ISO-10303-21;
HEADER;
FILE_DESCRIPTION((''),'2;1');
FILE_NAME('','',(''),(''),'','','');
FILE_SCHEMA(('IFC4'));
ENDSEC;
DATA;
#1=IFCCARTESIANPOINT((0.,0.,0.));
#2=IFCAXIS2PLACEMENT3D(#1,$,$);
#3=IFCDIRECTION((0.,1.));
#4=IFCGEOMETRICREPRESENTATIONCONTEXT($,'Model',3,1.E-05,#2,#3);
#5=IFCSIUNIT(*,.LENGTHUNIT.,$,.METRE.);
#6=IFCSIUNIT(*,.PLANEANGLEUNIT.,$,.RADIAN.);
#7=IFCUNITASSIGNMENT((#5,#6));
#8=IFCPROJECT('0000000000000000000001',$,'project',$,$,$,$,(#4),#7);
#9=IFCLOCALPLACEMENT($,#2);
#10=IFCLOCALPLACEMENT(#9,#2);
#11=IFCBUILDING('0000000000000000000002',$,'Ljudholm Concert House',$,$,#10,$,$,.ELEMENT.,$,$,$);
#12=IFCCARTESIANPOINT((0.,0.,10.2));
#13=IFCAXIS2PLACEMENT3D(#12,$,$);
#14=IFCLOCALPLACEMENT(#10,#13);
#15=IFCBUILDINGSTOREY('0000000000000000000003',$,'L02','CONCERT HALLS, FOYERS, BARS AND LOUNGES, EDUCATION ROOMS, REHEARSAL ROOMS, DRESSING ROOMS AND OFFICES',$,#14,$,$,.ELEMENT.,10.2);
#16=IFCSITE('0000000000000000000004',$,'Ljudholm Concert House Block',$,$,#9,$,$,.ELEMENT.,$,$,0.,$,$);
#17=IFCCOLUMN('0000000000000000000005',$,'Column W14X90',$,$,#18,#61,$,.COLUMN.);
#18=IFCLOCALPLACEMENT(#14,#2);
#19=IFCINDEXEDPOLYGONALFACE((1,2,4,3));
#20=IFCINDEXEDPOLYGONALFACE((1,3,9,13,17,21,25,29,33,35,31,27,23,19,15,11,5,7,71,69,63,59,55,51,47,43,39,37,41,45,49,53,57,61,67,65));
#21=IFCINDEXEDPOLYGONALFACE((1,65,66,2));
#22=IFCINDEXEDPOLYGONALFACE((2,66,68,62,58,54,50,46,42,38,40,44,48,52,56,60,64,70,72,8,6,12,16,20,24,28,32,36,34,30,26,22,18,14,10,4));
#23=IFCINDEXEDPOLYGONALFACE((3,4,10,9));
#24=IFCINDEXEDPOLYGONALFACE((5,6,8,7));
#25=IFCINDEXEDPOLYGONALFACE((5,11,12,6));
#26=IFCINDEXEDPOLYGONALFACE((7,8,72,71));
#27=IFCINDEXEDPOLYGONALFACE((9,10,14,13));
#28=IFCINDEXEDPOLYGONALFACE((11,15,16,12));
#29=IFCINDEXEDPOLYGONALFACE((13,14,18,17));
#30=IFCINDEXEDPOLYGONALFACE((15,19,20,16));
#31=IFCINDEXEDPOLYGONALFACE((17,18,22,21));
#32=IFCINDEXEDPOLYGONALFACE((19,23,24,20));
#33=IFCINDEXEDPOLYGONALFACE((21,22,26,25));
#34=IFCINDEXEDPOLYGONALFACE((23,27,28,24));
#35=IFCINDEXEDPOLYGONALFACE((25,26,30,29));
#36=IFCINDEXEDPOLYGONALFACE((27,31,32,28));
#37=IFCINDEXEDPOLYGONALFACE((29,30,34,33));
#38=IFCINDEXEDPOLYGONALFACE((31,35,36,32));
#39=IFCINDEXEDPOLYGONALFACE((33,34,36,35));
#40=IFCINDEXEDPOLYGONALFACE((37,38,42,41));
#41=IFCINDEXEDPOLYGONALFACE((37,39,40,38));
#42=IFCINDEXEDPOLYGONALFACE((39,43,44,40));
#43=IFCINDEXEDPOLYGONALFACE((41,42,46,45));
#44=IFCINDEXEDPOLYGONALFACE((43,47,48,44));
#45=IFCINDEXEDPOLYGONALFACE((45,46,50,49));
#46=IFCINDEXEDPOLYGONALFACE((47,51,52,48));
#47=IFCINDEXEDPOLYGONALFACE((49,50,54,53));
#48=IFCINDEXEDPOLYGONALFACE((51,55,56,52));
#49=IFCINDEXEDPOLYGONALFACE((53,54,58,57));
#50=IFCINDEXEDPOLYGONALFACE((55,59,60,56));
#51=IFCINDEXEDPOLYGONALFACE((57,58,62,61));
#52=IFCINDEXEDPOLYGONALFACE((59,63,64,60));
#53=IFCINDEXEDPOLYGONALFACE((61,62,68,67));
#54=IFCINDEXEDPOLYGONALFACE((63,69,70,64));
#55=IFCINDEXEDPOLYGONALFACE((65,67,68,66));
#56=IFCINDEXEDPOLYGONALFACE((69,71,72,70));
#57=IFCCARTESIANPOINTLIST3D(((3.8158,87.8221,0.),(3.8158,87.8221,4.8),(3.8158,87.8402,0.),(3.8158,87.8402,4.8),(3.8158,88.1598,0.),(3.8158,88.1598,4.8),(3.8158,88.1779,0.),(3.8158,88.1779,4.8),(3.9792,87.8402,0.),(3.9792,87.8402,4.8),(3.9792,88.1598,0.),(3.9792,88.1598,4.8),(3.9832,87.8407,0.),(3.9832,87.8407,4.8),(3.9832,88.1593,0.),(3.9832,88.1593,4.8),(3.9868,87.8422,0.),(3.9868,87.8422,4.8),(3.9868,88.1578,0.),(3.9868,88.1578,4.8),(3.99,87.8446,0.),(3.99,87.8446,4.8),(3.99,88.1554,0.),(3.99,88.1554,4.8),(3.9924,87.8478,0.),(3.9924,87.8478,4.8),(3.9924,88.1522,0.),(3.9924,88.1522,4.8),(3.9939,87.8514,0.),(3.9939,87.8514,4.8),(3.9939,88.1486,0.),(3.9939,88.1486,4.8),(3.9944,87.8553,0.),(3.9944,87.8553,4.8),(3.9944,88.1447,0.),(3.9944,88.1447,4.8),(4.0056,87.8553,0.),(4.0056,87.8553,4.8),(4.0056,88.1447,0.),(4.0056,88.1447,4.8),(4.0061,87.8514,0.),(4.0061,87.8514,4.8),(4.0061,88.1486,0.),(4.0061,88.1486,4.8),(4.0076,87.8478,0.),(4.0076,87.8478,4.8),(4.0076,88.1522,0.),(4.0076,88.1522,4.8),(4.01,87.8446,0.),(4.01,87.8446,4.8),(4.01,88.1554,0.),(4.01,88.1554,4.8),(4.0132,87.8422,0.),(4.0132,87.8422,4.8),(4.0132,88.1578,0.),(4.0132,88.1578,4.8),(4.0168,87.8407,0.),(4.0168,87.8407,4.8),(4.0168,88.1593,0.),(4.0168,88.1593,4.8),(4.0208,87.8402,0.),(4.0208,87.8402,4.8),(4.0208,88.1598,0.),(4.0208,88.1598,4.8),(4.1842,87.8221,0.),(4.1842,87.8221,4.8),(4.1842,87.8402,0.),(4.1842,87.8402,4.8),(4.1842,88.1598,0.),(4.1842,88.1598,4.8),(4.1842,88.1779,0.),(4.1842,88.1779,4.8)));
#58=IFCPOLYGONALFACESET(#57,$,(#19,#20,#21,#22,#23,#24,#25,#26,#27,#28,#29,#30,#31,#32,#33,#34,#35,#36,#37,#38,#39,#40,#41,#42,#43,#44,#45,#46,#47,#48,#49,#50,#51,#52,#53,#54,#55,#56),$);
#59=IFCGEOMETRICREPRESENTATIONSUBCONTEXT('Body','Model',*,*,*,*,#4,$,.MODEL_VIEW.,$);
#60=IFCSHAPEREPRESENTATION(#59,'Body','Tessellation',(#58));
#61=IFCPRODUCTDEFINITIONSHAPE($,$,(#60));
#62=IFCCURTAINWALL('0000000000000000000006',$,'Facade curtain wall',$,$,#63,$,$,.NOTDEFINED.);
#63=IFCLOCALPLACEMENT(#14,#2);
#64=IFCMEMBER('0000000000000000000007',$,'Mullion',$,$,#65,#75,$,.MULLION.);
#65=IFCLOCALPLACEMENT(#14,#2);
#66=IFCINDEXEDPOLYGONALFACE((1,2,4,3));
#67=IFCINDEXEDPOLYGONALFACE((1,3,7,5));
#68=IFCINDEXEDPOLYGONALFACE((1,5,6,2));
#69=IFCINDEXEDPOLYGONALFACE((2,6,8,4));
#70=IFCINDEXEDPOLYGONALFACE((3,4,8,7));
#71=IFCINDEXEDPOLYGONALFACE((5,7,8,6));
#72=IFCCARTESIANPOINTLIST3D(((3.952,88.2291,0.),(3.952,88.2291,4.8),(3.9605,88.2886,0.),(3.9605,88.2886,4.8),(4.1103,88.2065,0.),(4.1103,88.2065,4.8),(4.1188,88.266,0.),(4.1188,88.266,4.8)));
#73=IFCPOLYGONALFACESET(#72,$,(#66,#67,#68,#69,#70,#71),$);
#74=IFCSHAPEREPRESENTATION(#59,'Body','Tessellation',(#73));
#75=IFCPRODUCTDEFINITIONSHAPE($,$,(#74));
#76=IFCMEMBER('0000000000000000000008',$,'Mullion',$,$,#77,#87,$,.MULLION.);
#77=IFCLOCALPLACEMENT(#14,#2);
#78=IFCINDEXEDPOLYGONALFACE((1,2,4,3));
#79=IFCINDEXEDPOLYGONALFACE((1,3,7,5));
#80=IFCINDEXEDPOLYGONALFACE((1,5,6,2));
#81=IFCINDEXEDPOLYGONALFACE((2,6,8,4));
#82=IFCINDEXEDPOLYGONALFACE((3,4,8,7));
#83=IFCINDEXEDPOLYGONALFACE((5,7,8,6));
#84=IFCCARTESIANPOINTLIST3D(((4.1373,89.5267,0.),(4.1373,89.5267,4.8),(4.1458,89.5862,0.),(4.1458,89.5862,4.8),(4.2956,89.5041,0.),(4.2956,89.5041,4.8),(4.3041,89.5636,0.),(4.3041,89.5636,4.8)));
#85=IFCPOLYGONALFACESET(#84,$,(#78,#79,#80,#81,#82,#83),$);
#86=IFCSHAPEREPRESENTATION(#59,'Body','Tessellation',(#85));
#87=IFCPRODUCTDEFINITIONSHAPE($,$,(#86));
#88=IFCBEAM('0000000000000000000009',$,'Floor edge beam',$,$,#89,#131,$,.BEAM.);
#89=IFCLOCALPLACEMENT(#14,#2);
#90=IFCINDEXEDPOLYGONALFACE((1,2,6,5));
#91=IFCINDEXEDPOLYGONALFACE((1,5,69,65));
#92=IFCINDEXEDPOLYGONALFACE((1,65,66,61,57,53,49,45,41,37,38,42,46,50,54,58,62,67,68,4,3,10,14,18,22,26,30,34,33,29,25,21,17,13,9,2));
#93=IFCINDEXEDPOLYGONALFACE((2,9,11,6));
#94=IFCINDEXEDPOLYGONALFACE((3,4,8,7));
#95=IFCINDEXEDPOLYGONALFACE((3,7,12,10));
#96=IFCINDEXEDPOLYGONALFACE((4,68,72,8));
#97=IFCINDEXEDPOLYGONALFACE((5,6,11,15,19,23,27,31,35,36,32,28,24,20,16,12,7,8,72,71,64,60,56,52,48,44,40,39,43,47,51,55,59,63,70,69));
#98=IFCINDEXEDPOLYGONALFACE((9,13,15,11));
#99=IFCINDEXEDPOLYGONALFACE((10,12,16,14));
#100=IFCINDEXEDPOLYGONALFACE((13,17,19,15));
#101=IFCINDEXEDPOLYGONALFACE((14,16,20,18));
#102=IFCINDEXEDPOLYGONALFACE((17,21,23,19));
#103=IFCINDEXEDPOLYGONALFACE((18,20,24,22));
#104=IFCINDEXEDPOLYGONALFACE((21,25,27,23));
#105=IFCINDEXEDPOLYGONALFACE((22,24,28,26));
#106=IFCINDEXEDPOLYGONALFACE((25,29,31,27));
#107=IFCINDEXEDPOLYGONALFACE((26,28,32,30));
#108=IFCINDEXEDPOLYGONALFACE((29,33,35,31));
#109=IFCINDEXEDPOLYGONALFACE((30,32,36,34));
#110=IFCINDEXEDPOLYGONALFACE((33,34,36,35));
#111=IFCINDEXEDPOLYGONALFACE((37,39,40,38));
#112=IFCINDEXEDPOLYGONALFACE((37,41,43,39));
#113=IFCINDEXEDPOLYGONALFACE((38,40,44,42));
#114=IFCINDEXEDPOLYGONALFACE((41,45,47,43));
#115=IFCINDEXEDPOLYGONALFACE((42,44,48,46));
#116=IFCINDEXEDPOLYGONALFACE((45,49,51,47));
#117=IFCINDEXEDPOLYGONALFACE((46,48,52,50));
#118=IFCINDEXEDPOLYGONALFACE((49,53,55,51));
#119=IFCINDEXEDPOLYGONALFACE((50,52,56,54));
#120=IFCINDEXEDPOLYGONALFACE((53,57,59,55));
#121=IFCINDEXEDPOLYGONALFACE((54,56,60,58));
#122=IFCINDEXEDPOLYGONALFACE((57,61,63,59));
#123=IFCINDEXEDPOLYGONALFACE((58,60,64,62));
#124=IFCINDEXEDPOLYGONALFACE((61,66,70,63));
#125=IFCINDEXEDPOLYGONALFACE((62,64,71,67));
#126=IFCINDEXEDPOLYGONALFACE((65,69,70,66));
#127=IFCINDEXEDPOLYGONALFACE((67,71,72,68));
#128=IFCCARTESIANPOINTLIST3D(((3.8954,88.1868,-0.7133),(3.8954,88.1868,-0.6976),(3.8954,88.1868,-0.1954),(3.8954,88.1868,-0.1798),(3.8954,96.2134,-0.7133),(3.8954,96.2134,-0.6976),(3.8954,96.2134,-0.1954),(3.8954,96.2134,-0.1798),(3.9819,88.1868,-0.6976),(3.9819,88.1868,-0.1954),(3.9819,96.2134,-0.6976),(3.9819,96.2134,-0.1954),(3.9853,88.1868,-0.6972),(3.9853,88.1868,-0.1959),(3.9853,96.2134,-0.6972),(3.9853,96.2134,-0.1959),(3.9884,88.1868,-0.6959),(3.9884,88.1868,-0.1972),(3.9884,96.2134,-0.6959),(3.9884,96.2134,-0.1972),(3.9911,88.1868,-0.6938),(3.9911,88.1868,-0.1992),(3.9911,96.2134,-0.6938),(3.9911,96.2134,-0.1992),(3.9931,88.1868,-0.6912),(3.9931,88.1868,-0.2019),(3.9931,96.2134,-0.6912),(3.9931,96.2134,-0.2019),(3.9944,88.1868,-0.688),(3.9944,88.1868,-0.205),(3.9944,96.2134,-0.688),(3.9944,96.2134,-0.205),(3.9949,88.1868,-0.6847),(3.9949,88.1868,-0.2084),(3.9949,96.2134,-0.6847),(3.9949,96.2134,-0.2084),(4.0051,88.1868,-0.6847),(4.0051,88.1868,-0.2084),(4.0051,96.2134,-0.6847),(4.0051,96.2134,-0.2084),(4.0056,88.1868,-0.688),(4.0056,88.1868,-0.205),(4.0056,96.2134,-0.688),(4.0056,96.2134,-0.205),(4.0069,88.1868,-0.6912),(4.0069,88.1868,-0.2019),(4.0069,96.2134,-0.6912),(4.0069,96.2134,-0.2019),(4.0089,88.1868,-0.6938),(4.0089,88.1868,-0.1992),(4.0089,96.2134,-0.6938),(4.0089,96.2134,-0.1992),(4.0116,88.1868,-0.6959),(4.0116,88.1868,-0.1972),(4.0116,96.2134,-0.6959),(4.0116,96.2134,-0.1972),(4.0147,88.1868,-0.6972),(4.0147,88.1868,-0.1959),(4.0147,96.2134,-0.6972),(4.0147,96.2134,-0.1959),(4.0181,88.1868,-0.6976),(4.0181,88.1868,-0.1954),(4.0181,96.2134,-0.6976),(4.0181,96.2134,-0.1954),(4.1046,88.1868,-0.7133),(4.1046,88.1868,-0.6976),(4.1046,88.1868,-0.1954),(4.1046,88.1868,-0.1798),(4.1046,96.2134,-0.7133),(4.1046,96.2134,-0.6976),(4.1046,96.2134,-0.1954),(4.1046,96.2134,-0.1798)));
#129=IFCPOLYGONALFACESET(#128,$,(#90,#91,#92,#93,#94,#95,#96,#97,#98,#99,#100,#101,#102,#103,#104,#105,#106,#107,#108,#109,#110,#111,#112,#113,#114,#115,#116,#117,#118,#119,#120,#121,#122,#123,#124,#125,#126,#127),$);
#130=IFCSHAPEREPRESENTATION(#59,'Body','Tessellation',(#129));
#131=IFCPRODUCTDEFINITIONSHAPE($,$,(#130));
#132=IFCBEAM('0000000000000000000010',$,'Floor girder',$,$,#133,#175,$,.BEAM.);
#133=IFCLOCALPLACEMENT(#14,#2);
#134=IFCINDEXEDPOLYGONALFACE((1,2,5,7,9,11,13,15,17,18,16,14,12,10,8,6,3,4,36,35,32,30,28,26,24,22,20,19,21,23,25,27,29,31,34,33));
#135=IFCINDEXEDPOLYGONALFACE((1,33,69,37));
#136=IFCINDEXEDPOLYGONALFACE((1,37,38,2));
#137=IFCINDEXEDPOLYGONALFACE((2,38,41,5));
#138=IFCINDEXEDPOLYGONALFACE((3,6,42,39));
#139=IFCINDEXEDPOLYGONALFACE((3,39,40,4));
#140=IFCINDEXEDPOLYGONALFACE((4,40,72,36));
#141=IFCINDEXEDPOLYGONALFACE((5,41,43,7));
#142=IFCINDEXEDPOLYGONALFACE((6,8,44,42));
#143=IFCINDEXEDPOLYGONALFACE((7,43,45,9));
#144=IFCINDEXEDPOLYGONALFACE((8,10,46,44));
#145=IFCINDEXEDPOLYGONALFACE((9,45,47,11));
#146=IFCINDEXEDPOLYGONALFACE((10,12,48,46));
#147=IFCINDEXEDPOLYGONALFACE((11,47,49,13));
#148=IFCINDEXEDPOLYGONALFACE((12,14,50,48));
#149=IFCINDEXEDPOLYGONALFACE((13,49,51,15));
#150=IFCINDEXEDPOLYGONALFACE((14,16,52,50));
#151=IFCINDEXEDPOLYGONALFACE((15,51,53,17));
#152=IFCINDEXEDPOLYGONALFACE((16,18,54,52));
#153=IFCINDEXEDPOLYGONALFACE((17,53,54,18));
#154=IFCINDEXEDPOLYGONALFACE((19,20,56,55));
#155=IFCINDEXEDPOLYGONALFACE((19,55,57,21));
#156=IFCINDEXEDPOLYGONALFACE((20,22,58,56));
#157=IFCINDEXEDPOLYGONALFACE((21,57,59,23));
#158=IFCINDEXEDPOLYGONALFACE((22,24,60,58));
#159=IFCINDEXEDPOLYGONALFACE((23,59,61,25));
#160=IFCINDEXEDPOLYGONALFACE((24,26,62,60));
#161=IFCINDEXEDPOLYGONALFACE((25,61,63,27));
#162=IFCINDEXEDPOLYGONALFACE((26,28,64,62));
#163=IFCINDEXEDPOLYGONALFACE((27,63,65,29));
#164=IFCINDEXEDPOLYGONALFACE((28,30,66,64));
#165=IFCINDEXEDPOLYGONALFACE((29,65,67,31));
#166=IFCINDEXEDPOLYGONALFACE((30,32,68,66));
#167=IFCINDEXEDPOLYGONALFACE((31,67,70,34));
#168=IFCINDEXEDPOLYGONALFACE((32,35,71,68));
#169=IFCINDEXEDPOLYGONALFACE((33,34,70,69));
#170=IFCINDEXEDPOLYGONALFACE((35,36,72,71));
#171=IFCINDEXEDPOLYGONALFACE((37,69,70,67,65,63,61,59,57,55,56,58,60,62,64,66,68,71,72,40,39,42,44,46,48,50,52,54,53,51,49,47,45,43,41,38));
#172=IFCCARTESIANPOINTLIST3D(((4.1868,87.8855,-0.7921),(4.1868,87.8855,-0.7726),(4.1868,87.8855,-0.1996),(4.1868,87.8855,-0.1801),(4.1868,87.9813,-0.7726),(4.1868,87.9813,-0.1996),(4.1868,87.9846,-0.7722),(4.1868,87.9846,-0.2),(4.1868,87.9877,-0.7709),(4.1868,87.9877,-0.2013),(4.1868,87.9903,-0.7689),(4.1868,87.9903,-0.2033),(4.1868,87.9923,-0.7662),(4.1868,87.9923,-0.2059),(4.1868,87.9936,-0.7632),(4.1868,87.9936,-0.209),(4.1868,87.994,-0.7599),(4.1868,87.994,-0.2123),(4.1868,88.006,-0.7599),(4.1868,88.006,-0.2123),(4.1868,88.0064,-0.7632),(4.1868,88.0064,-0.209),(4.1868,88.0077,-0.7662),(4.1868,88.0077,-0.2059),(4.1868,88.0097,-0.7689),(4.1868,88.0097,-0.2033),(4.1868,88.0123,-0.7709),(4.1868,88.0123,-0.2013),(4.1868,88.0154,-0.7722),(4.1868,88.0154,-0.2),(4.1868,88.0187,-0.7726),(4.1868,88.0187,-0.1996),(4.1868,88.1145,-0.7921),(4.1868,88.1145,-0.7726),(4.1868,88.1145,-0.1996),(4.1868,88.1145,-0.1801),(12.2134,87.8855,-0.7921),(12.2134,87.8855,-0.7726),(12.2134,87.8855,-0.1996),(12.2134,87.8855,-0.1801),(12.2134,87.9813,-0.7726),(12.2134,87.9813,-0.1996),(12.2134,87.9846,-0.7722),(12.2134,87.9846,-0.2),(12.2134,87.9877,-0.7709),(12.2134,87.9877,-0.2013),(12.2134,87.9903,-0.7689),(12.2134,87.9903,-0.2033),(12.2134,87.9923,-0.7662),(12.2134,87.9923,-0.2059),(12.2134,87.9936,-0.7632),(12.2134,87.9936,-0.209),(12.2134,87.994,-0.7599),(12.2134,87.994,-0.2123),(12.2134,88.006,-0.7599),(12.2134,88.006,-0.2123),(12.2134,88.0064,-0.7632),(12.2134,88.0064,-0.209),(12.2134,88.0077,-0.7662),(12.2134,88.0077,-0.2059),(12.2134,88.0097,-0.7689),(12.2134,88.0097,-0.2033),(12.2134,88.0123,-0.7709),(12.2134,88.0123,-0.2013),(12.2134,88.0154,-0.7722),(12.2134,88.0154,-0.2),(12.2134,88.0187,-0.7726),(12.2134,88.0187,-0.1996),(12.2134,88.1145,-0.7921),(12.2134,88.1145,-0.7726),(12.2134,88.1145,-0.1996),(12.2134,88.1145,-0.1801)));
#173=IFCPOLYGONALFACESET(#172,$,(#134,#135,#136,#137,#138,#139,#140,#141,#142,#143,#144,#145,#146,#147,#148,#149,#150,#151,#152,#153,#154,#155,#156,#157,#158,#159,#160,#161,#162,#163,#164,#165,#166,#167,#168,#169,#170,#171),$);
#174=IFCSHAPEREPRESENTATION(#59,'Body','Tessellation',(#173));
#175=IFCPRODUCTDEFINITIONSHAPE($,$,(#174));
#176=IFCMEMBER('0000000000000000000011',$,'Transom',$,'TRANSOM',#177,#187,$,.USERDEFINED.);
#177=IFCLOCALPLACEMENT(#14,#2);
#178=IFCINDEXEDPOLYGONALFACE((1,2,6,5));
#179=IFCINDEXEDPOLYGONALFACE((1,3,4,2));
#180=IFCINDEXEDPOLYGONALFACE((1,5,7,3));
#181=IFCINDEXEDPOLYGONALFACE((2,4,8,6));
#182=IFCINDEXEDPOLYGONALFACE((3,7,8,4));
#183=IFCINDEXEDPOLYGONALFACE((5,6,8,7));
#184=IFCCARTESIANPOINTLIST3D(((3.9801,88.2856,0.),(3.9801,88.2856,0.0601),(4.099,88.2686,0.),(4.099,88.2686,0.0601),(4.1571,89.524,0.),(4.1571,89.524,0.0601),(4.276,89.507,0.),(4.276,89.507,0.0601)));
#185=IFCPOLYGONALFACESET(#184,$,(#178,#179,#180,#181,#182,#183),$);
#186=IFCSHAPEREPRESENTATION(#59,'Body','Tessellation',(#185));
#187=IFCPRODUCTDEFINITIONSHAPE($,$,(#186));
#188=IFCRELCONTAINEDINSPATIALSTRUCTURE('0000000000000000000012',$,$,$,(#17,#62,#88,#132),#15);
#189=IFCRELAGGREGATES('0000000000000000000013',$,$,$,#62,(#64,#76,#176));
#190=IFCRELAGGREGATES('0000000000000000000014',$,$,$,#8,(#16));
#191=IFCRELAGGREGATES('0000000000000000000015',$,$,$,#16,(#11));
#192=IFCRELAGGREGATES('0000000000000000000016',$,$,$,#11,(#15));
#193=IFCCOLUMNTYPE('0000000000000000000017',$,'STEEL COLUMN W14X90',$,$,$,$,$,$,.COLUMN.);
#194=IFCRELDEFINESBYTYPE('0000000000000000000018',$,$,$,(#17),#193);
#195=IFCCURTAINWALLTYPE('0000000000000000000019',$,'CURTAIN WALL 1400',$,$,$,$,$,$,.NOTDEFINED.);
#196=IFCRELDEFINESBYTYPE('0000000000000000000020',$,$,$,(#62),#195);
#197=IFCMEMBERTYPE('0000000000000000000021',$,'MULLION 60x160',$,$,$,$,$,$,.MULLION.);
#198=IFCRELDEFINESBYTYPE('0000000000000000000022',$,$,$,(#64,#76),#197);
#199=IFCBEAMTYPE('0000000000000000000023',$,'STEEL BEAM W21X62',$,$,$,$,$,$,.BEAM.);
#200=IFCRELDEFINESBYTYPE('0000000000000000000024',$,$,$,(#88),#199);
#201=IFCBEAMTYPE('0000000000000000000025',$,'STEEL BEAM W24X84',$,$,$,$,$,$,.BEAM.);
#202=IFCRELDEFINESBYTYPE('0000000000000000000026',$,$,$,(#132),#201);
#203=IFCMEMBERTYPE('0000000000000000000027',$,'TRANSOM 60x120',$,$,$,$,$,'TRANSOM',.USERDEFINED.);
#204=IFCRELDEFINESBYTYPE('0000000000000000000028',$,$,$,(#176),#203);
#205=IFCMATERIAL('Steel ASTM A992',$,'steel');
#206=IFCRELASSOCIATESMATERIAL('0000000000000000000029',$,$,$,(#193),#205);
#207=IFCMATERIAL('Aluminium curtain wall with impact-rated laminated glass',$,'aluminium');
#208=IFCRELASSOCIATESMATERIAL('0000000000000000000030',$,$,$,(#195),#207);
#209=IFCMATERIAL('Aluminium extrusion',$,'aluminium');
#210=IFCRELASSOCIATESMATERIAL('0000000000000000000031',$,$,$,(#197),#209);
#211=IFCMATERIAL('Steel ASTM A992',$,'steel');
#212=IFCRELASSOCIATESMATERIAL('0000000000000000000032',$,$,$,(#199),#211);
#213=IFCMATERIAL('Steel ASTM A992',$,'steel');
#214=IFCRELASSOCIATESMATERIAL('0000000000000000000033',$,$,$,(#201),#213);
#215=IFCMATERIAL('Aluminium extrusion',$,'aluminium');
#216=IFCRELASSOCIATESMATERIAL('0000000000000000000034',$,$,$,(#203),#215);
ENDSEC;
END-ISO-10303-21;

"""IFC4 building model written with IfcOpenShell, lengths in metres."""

from ifc_helpers import new_model, si_unit, direction, frame, origin, origin_2d, place, context, subcontext, project, spatial, rectangle, i_section, extrude, material, material_profile, profile_set, type_object, element, aggregate, save


model = new_model("IFC4")

# Units and contexts
model_context = context("Model", 3, precision=1e-05, world=origin(), true_north=direction((0.0, 1.0)))
body_context = subcontext(model_context, "Body", "Model", "MODEL_VIEW")
ifc_project = project(units=[si_unit("LENGTHUNIT", "METRE"), si_unit("PLANEANGLEUNIT", "RADIAN")], contexts=[model_context])

# Site, building, storey
site_placement = place(None, origin())
site = spatial("IfcSite", under=ifc_project, at=site_placement, Name="Ljudholm Concert House Block", CompositionType="ELEMENT", RefElevation=0.0)
building_placement = place(site_placement, origin())
building = spatial("IfcBuilding", under=site, at=building_placement, Name="Ljudholm Concert House", CompositionType="ELEMENT")
storey_placement = place(building_placement, frame((0.0, 0.0, 10.2)))
storey = spatial("IfcBuildingStorey", under=building, at=storey_placement, Name="L02", Description="CONCERT HALLS, FOYERS, BARS AND LOUNGES, EDUCATION ROOMS, REHEARSAL ROOMS, DRESSING ROOMS AND OFFICES", CompositionType="ELEMENT", Elevation=10.2)

# Column
ifc_material_1 = material(Name="Steel ASTM A992", Category="steel")
ifc_material_profile_1 = material_profile(ifc_material_1, i_section(OverallWidth=0.3684, OverallDepth=0.3557, WebThickness=0.0112, FlangeThickness=0.0181, FilletRadius=0.0151, at=origin_2d()), Name="W14X90")
ifc_profile_set_1 = profile_set([ifc_material_profile_1], Name="Steel ASTM A992")
column_type = type_object("IfcColumnType", Name="STEEL COLUMN W14X90", PredefinedType="COLUMN", material=ifc_profile_set_1)
column_placement = place(storey_placement, frame((4.0, 88.0, 0.0), z_axis=(0.0, 0.0, 1.0), x_axis=(1.0, 0.0, 0.0)))
element("IfcColumn", 1, at=column_placement, inside=storey, type_object=column_type, Name="Column W14X90", PredefinedType="COLUMN", context=body_context, shape_type="SweptSolid", body=[
    extrude(i_section(OverallWidth=0.3684, OverallDepth=0.3557, WebThickness=0.0112, FlangeThickness=0.0181, FilletRadius=0.0151, at=origin_2d()), origin(), (0.0, 0.0, 1.0), 4.8),
])

# Curtain wall, members
ifc_material_2 = material(Name="Aluminium curtain wall with impact-rated laminated glass", Category="aluminium")
curtain_wall_type = type_object("IfcCurtainWallType", Name="CURTAIN WALL 1400", PredefinedType="NOTDEFINED", material=ifc_material_2)
curtain_wall_placement = place(storey_placement, origin())
curtain_wall = element("IfcCurtainWall", 2, at=curtain_wall_placement, inside=storey, type_object=curtain_wall_type, Name="Facade curtain wall", PredefinedType="NOTDEFINED")
ifc_material_3 = material(Name="Aluminium extrusion", Category="aluminium")
ifc_material_profile_2 = material_profile(ifc_material_3, rectangle(XDim=0.1599, YDim=0.0601, at=origin_2d()), Name="MULLION 60x160")
ifc_profile_set_2 = profile_set([ifc_material_profile_2], Name="Aluminium extrusion")
member_type_1 = type_object("IfcMemberType", Name="MULLION 60x160", PredefinedType="MULLION", material=ifc_profile_set_2)
member_1_placement = place(storey_placement, frame((4.0354, 88.2476, 0.0), z_axis=(0.0, 0.0, 1.0), x_axis=(-0.989949, 0.141421, 0.0)))
member_1 = element("IfcMember", 3, at=member_1_placement, type_object=member_type_1, Name="Mullion", PredefinedType="MULLION", context=body_context, shape_type="SweptSolid", body=[
    extrude(rectangle(XDim=0.1599, YDim=0.0601, at=origin_2d()), origin(), (0.0, 0.0, 1.0), 4.8),
])
member_2_placement = place(storey_placement, frame((4.2207, 89.5452, 0.0), z_axis=(0.0, 0.0, 1.0), x_axis=(-0.989949, 0.141421, 0.0)))
member_2 = element("IfcMember", 4, at=member_2_placement, type_object=member_type_1, Name="Mullion", PredefinedType="MULLION", context=body_context, shape_type="SweptSolid", body=[
    extrude(rectangle(XDim=0.1599, YDim=0.0601, at=origin_2d()), origin(), (0.0, 0.0, 1.0), 4.8),
])

# Beams
ifc_material_4 = material(Name="Steel ASTM A992", Category="steel")
ifc_material_profile_3 = material_profile(ifc_material_4, i_section(OverallWidth=0.2092, OverallDepth=0.5334, WebThickness=0.0103, FlangeThickness=0.0156, FilletRadius=0.0129, at=origin_2d()), Name="W21X62")
ifc_profile_set_3 = profile_set([ifc_material_profile_3], Name="Steel ASTM A992")
beam_type_1 = type_object("IfcBeamType", Name="STEEL BEAM W21X62", PredefinedType="BEAM", material=ifc_profile_set_3)
beam_1_placement = place(storey_placement, frame((4.0, 88.1868, -0.4465), z_axis=(0.0, 1.0, 0.0), x_axis=(-1.0, 0.0, 0.0)))
element("IfcBeam", 5, at=beam_1_placement, inside=storey, type_object=beam_type_1, Name="Floor edge beam", PredefinedType="BEAM", context=body_context, shape_type="SweptSolid", body=[
    extrude(i_section(OverallWidth=0.2092, OverallDepth=0.5334, WebThickness=0.0103, FlangeThickness=0.0156, FilletRadius=0.0129, at=origin_2d()), origin(), (0.0, 0.0, 1.0), 8.0266),
])
ifc_material_5 = material(Name="Steel ASTM A992", Category="steel")
ifc_material_profile_4 = material_profile(ifc_material_5, i_section(OverallWidth=0.229, OverallDepth=0.6121, WebThickness=0.012, FlangeThickness=0.0195, FilletRadius=0.0127, at=origin_2d()), Name="W24X84")
ifc_profile_set_4 = profile_set([ifc_material_profile_4], Name="Steel ASTM A992")
beam_type_2 = type_object("IfcBeamType", Name="STEEL BEAM W24X84", PredefinedType="BEAM", material=ifc_profile_set_4)
beam_2_placement = place(storey_placement, frame((4.1868, 88.0, -0.4861), z_axis=(1.0, 0.0, 0.0), x_axis=(0.0, 1.0, 0.0)))
element("IfcBeam", 6, at=beam_2_placement, inside=storey, type_object=beam_type_2, Name="Floor girder", PredefinedType="BEAM", context=body_context, shape_type="SweptSolid", body=[
    extrude(i_section(OverallWidth=0.229, OverallDepth=0.6121, WebThickness=0.012, FlangeThickness=0.0195, FilletRadius=0.0127, at=origin_2d()), origin(), (0.0, 0.0, 1.0), 8.0266),
])

# Member
ifc_material_6 = material(Name="Aluminium extrusion", Category="aluminium")
ifc_material_profile_5 = material_profile(ifc_material_6, rectangle(XDim=0.1201, YDim=0.0601, at=origin_2d()), Name="TRANSOM 60x120")
ifc_profile_set_5 = profile_set([ifc_material_profile_5], Name="Aluminium extrusion")
member_type_2 = type_object("IfcMemberType", Name="TRANSOM 60x120", ElementType="TRANSOM", PredefinedType="USERDEFINED", material=ifc_profile_set_5)
member_3_placement = place(storey_placement, frame((4.0396, 88.2771, 0.03), z_axis=(0.141503, 0.989938, 0.0), x_axis=(-0.989938, 0.141503, 0.0)))
member_3 = element("IfcMember", 7, at=member_3_placement, type_object=member_type_2, Name="Transom", ObjectType="TRANSOM", PredefinedType="USERDEFINED", context=body_context, shape_type="SweptSolid", body=[
    extrude(rectangle(XDim=0.1201, YDim=0.0601, at=origin_2d()), origin(), (0.0, 0.0, 1.0), 1.251),
])

aggregate(curtain_wall, [member_1, member_2, member_3])

save(model, "model.ifc")
